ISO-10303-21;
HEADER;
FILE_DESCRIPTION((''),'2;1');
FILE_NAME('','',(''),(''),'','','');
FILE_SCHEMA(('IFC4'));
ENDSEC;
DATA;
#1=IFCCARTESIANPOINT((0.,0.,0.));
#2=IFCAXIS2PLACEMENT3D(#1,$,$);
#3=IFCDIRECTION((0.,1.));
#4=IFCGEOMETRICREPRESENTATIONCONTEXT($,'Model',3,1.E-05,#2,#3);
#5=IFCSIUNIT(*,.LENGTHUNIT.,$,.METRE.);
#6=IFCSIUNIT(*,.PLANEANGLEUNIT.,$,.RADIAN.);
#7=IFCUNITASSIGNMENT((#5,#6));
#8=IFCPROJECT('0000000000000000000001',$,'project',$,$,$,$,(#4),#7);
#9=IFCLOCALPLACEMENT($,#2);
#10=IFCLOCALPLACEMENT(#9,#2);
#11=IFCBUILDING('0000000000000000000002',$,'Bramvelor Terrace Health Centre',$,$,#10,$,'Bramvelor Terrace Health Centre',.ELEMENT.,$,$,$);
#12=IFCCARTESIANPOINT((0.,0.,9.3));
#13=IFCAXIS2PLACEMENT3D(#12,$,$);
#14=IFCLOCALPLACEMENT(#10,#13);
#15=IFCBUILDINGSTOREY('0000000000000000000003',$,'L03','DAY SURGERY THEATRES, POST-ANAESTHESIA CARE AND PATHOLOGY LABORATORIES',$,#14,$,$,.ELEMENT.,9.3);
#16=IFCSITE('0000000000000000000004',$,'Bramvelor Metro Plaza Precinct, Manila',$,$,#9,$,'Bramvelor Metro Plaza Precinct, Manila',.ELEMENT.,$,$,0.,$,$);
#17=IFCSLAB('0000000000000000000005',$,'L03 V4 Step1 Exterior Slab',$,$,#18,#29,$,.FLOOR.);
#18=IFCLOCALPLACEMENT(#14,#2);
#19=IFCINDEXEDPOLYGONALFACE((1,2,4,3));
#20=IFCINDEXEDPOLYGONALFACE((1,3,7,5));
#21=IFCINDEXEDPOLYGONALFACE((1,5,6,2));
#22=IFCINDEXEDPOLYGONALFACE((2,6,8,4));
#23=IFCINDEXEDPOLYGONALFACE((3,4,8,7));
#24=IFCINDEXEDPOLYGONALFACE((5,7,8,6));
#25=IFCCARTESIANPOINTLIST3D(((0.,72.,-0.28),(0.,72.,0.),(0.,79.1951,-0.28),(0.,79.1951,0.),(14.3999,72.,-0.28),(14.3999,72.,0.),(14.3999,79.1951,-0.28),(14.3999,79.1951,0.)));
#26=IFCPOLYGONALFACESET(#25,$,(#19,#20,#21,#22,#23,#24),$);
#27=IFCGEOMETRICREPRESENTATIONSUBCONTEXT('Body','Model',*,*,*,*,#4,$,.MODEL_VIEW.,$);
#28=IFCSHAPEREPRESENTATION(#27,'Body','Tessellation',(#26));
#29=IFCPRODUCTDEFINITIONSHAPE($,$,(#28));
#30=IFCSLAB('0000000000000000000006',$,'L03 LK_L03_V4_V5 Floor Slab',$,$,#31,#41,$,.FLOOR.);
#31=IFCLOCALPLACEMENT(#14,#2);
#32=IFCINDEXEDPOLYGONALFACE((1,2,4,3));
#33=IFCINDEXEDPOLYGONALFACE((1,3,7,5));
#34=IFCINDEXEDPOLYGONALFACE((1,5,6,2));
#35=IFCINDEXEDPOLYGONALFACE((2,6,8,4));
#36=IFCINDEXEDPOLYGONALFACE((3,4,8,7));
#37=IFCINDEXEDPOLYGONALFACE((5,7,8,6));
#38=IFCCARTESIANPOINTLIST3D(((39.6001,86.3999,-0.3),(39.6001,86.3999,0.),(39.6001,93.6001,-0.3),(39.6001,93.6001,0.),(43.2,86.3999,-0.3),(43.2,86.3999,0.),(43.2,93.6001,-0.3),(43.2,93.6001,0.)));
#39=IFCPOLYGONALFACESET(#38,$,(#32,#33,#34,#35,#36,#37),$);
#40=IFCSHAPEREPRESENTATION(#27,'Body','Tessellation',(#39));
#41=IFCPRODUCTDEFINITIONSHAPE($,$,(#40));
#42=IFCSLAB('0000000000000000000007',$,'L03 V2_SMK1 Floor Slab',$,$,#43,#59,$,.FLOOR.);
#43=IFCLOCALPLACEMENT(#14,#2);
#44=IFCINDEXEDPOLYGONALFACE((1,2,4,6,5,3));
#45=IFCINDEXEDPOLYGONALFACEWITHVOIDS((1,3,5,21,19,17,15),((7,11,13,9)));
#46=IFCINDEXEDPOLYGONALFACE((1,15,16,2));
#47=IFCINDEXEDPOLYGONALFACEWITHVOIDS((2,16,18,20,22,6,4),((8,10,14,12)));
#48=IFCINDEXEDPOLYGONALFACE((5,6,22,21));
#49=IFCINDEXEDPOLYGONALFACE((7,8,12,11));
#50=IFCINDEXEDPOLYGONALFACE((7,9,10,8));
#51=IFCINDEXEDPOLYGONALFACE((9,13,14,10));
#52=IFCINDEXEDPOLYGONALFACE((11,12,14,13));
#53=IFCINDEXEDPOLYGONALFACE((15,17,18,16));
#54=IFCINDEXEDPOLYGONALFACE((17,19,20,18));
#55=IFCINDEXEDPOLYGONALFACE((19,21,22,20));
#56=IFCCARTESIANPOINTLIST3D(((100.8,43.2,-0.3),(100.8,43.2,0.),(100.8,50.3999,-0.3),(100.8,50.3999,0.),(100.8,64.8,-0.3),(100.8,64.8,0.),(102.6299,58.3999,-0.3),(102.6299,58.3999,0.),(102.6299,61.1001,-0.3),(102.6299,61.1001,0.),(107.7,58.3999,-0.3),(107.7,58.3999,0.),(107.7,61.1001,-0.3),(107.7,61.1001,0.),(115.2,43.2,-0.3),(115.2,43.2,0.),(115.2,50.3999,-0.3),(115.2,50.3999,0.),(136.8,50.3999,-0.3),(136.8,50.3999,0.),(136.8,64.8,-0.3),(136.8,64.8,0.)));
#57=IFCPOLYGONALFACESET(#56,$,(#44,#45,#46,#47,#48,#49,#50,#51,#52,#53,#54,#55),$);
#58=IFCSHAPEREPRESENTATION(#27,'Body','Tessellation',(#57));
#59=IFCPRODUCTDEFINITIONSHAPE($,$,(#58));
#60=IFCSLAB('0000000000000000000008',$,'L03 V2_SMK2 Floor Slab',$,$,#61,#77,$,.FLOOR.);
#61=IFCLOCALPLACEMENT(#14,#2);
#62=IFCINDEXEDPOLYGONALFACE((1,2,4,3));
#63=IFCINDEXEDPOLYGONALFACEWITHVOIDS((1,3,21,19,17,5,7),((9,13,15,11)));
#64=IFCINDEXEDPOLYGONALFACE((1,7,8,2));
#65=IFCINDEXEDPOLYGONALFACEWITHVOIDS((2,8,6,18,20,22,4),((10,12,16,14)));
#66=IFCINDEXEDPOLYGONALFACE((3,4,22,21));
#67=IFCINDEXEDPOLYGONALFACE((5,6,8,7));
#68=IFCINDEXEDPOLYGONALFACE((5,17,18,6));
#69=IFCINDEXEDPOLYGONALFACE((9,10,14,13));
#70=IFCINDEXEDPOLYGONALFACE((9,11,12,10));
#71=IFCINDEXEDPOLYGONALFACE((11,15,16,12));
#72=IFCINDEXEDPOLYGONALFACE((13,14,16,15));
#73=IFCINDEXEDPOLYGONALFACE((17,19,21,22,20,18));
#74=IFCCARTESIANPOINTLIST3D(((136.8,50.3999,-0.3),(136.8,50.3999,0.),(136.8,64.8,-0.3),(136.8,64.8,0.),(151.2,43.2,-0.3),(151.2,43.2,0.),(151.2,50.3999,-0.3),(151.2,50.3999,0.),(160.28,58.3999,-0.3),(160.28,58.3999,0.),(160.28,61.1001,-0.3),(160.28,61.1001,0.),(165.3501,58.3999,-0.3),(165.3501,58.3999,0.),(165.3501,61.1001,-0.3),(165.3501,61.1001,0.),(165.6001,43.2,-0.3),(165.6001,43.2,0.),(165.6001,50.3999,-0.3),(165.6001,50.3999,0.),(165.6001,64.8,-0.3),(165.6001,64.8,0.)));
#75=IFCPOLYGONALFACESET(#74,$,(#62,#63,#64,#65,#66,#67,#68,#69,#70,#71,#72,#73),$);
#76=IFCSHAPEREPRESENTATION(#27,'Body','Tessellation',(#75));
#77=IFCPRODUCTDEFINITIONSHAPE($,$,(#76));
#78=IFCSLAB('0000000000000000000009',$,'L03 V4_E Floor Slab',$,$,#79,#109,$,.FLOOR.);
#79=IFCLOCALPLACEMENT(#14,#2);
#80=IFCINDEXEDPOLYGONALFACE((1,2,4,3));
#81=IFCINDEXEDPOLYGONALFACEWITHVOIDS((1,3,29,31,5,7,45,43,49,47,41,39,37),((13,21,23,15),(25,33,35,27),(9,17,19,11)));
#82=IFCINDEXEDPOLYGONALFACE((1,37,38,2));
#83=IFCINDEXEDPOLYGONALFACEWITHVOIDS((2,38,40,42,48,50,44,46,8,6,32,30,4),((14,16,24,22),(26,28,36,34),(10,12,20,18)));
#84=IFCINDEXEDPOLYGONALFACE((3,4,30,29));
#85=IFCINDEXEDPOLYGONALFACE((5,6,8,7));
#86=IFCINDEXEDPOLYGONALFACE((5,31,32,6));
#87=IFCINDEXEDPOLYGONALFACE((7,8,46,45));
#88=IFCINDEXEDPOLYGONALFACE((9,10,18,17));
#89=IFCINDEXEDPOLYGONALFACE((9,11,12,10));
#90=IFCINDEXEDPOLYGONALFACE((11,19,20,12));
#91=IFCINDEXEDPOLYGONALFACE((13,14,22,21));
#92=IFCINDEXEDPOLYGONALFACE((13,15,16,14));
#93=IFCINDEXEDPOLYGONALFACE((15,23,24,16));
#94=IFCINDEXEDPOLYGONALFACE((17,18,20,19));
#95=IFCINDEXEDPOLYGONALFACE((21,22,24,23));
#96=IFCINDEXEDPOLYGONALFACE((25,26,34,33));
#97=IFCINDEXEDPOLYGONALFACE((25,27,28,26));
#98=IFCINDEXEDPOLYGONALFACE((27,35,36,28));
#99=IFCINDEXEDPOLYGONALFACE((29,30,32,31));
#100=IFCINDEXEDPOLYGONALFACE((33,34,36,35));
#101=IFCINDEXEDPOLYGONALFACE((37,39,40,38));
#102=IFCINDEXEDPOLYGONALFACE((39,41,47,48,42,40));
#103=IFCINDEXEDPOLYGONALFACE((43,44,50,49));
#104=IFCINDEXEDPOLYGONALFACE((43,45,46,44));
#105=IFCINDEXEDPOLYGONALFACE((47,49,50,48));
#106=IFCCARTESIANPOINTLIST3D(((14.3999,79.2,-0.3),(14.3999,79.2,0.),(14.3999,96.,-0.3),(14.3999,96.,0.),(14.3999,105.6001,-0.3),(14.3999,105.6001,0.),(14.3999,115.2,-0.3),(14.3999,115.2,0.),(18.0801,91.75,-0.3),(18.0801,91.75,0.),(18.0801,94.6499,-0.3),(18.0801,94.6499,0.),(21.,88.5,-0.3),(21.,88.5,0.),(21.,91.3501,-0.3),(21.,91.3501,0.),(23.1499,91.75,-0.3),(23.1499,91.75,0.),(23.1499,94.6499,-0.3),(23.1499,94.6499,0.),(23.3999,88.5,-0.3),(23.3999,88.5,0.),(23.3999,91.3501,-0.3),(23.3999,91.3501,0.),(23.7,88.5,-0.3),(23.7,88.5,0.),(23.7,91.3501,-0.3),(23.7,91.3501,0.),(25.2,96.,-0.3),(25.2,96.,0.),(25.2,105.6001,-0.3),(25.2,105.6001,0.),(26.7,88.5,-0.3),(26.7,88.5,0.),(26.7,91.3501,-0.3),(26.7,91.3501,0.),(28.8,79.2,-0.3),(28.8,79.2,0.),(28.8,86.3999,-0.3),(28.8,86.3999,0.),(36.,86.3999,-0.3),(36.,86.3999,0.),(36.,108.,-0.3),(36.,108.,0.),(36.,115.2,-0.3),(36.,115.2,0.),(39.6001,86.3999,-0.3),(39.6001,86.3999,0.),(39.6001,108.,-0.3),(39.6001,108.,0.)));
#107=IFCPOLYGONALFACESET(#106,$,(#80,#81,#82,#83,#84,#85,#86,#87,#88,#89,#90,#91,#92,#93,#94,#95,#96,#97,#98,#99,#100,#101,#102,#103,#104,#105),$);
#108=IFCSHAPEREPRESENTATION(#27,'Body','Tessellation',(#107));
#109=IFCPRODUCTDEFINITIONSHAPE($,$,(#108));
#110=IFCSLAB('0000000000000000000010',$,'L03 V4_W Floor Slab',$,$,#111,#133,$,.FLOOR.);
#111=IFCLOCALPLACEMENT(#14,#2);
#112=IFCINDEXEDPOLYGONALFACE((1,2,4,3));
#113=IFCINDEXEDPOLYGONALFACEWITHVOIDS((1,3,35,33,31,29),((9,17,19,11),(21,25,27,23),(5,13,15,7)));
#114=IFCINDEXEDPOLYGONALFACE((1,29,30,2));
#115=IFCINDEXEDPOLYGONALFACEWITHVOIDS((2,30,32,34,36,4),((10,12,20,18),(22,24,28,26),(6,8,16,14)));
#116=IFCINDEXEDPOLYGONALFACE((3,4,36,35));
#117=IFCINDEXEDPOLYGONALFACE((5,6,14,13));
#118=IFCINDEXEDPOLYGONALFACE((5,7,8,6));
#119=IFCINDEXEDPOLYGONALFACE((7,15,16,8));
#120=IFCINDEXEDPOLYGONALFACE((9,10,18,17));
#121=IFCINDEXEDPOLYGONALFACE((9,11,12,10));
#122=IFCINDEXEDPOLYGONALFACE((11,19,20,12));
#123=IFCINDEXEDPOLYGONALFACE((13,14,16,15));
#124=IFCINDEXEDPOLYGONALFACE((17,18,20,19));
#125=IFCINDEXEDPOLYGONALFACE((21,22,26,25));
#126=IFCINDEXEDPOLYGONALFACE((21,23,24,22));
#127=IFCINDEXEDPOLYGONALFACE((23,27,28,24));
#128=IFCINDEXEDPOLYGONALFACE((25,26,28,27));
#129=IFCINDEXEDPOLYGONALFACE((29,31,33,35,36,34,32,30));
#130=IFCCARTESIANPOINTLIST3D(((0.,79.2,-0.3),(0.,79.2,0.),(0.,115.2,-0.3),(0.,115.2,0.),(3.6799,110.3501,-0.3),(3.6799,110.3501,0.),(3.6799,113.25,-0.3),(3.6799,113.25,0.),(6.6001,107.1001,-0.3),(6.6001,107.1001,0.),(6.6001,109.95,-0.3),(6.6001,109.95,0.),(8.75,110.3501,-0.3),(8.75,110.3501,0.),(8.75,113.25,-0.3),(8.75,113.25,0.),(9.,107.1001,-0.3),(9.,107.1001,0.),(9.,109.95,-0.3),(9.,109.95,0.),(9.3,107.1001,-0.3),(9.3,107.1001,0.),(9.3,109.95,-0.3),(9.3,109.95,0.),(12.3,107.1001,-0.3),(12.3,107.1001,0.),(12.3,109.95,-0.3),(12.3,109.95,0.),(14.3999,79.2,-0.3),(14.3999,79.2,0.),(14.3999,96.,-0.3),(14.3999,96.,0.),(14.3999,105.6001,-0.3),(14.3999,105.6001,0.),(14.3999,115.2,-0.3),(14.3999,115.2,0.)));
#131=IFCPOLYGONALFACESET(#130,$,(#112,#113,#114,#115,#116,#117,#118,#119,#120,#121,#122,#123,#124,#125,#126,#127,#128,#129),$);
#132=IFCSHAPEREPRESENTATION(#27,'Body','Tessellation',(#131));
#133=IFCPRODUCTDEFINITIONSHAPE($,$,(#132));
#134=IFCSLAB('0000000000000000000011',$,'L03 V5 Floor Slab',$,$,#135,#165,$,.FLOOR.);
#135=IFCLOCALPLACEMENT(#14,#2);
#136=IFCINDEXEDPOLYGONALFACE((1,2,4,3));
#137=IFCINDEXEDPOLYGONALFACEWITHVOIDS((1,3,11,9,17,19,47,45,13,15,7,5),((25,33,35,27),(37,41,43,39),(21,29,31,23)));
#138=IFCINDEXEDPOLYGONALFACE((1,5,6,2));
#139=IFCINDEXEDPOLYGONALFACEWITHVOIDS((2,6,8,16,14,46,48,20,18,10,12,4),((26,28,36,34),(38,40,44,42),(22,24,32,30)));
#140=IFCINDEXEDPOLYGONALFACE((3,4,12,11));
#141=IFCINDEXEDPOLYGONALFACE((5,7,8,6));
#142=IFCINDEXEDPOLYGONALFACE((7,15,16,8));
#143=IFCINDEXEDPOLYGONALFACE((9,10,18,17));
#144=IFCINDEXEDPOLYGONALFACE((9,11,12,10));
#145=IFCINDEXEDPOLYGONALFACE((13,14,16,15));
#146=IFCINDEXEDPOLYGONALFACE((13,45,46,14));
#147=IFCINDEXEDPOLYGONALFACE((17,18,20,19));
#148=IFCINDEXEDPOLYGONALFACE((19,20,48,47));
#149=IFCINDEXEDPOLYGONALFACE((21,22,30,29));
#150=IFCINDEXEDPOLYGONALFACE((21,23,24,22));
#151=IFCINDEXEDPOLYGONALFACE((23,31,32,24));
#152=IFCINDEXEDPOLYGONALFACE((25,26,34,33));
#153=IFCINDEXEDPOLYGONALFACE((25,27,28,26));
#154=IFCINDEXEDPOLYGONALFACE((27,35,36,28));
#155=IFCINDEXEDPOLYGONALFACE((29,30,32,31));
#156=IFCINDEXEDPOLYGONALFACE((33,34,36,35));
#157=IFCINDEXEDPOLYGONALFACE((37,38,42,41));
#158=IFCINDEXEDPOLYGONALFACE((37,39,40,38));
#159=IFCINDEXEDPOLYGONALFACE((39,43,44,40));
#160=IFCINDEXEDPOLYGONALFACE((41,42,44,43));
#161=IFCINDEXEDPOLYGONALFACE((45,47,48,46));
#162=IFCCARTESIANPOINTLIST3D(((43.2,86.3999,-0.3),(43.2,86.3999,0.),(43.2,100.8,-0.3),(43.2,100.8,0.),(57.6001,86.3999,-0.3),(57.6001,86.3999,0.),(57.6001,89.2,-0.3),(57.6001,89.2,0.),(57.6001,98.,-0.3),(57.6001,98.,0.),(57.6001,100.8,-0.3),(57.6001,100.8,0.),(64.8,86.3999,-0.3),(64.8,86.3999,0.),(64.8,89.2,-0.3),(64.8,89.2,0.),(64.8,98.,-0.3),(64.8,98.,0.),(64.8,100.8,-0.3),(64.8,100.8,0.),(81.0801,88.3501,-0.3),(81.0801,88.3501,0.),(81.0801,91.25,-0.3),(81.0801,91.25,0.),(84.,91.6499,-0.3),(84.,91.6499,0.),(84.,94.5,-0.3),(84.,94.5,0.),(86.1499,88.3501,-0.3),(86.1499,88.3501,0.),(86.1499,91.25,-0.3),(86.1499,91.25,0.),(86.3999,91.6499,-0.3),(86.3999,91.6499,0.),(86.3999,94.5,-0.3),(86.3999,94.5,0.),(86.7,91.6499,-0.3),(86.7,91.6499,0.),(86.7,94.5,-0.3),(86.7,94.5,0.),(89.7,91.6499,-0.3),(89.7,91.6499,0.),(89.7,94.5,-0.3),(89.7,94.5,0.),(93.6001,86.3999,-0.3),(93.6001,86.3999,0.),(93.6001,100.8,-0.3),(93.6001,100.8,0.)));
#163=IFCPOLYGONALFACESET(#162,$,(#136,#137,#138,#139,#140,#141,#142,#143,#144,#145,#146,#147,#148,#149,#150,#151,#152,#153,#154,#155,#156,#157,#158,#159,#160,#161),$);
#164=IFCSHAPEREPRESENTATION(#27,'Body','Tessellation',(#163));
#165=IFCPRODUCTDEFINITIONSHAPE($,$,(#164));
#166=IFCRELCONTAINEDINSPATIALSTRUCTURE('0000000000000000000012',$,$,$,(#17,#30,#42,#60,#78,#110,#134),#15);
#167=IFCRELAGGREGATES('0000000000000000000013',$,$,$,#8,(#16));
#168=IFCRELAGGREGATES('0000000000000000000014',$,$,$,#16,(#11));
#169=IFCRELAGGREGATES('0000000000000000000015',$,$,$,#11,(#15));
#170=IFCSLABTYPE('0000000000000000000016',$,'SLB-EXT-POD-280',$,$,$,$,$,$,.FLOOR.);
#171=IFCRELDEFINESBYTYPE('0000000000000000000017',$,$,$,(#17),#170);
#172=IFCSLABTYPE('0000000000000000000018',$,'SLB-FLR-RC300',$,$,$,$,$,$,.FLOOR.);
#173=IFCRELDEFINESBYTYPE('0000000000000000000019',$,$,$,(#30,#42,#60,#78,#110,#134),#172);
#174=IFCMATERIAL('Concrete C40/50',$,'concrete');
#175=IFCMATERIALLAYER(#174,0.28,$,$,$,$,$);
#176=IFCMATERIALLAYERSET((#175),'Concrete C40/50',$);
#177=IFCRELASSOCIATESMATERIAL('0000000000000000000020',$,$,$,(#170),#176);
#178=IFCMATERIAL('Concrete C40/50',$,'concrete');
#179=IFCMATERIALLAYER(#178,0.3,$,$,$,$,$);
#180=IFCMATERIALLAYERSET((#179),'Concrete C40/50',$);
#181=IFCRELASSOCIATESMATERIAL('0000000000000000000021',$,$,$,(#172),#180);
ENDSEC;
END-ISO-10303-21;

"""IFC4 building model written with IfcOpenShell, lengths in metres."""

from ifc_helpers import new_model, si_unit, direction, frame, origin, place, context, subcontext, project, spatial, polyline, outline, extrude, material, layer, layer_set, type_object, element, save


model = new_model("IFC4")

# Units and contexts
model_context = context("Model", 3, precision=1e-05, world=origin(), true_north=direction((0.0, 1.0)))
body_context = subcontext(model_context, "Body", "Model", "MODEL_VIEW")
ifc_project = project(units=[si_unit("LENGTHUNIT", "METRE"), si_unit("PLANEANGLEUNIT", "RADIAN")], contexts=[model_context])

# Site, building, storey
site_placement = place(None, origin())
site = spatial("IfcSite", under=ifc_project, at=site_placement, Name="Bramvelor Metro Plaza Precinct, Manila", LongName="Bramvelor Metro Plaza Precinct, Manila", CompositionType="ELEMENT", RefElevation=0.0)
building_placement = place(site_placement, origin())
building = spatial("IfcBuilding", under=site, at=building_placement, Name="Bramvelor Terrace Health Centre", LongName="Bramvelor Terrace Health Centre", CompositionType="ELEMENT")
storey_placement = place(building_placement, frame((0.0, 0.0, 9.3)))
storey = spatial("IfcBuildingStorey", under=building, at=storey_placement, Name="L03", Description="DAY SURGERY THEATRES, POST-ANAESTHESIA CARE AND PATHOLOGY LABORATORIES", CompositionType="ELEMENT", Elevation=9.3)

# Slabs
ifc_material_1 = material(Name="Concrete C40/50", Category="concrete")
ifc_layer_1 = layer(ifc_material_1, 0.28)
ifc_layer_set_1 = layer_set([ifc_layer_1], Name="Concrete C40/50")
slab_type_1 = type_object("IfcSlabType", Name="SLB-EXT-POD-280", PredefinedType="FLOOR", material=ifc_layer_set_1)
slab_1_placement = place(storey_placement, frame((0.0, 0.0, -0.28)))
element("IfcSlab", 1, at=slab_1_placement, inside=storey, type_object=slab_type_1, Name="L03 V4 Step1 Exterior Slab", PredefinedType="FLOOR", context=body_context, shape_type="SweptSolid", body=[
    extrude(outline(polyline([(14.3999, 72.0), (0.0, 72.0), (0.0, 79.1951), (14.3999, 79.1951), (14.3999, 72.0)])), origin(), (0.0, 0.0, 1.0), 0.28),
])
ifc_material_2 = material(Name="Concrete C40/50", Category="concrete")
ifc_layer_2 = layer(ifc_material_2, 0.3)
ifc_layer_set_2 = layer_set([ifc_layer_2], Name="Concrete C40/50")
slab_type_2 = type_object("IfcSlabType", Name="SLB-FLR-RC300", PredefinedType="FLOOR", material=ifc_layer_set_2)
slab_2_placement = place(storey_placement, frame((0.0, 0.0, -0.3)))
element("IfcSlab", 2, at=slab_2_placement, inside=storey, type_object=slab_type_2, Name="L03 LK_L03_V4_V5 Floor Slab", PredefinedType="FLOOR", context=body_context, shape_type="SweptSolid", body=[
    extrude(outline(polyline([(43.2, 86.3999), (43.2, 93.6001), (39.6001, 93.6001), (39.6001, 86.3999), (43.2, 86.3999)])), origin(), (0.0, 0.0, 1.0), 0.3),
])
slab_3_placement = place(storey_placement, frame((0.0, 0.0, -0.3)))
element("IfcSlab", 3, at=slab_3_placement, inside=storey, type_object=slab_type_2, Name="L03 V2_SMK1 Floor Slab", PredefinedType="FLOOR", context=body_context, shape_type="SweptSolid", body=[
    extrude(outline(polyline([(136.8, 64.8), (136.8, 50.3999), (115.2, 50.3999), (115.2, 43.2), (100.8, 43.2), (100.8, 50.3999), (100.8, 64.8), (136.8, 64.8)]), holes=[polyline([(107.7, 61.1001), (102.6299, 61.1001), (102.6299, 58.3999), (107.7, 58.3999), (107.7, 61.1001)])]), origin(), (0.0, 0.0, 1.0), 0.3),
])
slab_4_placement = place(storey_placement, frame((0.0, 0.0, -0.3)))
element("IfcSlab", 4, at=slab_4_placement, inside=storey, type_object=slab_type_2, Name="L03 V2_SMK2 Floor Slab", PredefinedType="FLOOR", context=body_context, shape_type="SweptSolid", body=[
    extrude(outline(polyline([(136.8, 64.8), (165.6001, 64.8), (165.6001, 50.3999), (165.6001, 43.2), (151.2, 43.2), (151.2, 50.3999), (136.8, 50.3999), (136.8, 64.8)]), holes=[polyline([(165.3501, 61.1001), (160.28, 61.1001), (160.28, 58.3999), (165.3501, 58.3999), (165.3501, 61.1001)])]), origin(), (0.0, 0.0, 1.0), 0.3),
])
slab_5_placement = place(storey_placement, frame((0.0, 0.0, -0.3)))
element("IfcSlab", 5, at=slab_5_placement, inside=storey, type_object=slab_type_2, Name="L03 V4_E Floor Slab", PredefinedType="FLOOR", context=body_context, shape_type="SweptSolid", body=[
    extrude(outline(polyline([(39.6001, 86.3999), (36.0, 86.3999), (28.8, 86.3999), (28.8, 79.2), (14.3999, 79.2), (14.3999, 96.0), (25.2, 96.0), (25.2, 105.6001), (14.3999, 105.6001), (14.3999, 115.2), (36.0, 115.2), (36.0, 108.0), (39.6001, 108.0), (39.6001, 86.3999)]), holes=[polyline([(18.0801, 91.75), (23.1499, 91.75), (23.1499, 94.6499), (18.0801, 94.6499), (18.0801, 91.75)]), polyline([(21.0, 91.3501), (21.0, 88.5), (23.3999, 88.5), (23.3999, 91.3501), (21.0, 91.3501)]), polyline([(26.7, 91.3501), (23.7, 91.3501), (23.7, 88.5), (26.7, 88.5), (26.7, 91.3501)])]), origin(), (0.0, 0.0, 1.0), 0.3),
])
slab_6_placement = place(storey_placement, frame((0.0, 0.0, -0.3)))
element("IfcSlab", 6, at=slab_6_placement, inside=storey, type_object=slab_type_2, Name="L03 V4_W Floor Slab", PredefinedType="FLOOR", context=body_context, shape_type="SweptSolid", body=[
    extrude(outline(polyline([(14.3999, 79.2), (0.0, 79.2), (0.0, 115.2), (14.3999, 115.2), (14.3999, 105.6001), (14.3999, 96.0), (14.3999, 79.2)]), holes=[polyline([(3.6799, 110.3501), (8.75, 110.3501), (8.75, 113.25), (3.6799, 113.25), (3.6799, 110.3501)]), polyline([(6.6001, 109.95), (6.6001, 107.1001), (9.0, 107.1001), (9.0, 109.95), (6.6001, 109.95)]), polyline([(12.3, 109.95), (9.3, 109.95), (9.3, 107.1001), (12.3, 107.1001), (12.3, 109.95)])]), origin(), (0.0, 0.0, 1.0), 0.3),
])
slab_7_placement = place(storey_placement, frame((0.0, 0.0, -0.3)))
element("IfcSlab", 7, at=slab_7_placement, inside=storey, type_object=slab_type_2, Name="L03 V5 Floor Slab", PredefinedType="FLOOR", context=body_context, shape_type="SweptSolid", body=[
    extrude(outline(polyline([(57.6001, 89.2), (57.6001, 86.3999), (43.2, 86.3999), (43.2, 100.8), (57.6001, 100.8), (57.6001, 98.0), (64.8, 98.0), (64.8, 100.8), (93.6001, 100.8), (93.6001, 86.3999), (64.8, 86.3999), (64.8, 89.2), (57.6001, 89.2)]), holes=[polyline([(81.0801, 88.3501), (86.1499, 88.3501), (86.1499, 91.25), (81.0801, 91.25), (81.0801, 88.3501)]), polyline([(84.0, 94.5), (84.0, 91.6499), (86.3999, 91.6499), (86.3999, 94.5), (84.0, 94.5)]), polyline([(89.7, 94.5), (86.7, 94.5), (86.7, 91.6499), (89.7, 91.6499), (89.7, 94.5)])]), origin(), (0.0, 0.0, 1.0), 0.3),
])

save(model, "model.ifc")
